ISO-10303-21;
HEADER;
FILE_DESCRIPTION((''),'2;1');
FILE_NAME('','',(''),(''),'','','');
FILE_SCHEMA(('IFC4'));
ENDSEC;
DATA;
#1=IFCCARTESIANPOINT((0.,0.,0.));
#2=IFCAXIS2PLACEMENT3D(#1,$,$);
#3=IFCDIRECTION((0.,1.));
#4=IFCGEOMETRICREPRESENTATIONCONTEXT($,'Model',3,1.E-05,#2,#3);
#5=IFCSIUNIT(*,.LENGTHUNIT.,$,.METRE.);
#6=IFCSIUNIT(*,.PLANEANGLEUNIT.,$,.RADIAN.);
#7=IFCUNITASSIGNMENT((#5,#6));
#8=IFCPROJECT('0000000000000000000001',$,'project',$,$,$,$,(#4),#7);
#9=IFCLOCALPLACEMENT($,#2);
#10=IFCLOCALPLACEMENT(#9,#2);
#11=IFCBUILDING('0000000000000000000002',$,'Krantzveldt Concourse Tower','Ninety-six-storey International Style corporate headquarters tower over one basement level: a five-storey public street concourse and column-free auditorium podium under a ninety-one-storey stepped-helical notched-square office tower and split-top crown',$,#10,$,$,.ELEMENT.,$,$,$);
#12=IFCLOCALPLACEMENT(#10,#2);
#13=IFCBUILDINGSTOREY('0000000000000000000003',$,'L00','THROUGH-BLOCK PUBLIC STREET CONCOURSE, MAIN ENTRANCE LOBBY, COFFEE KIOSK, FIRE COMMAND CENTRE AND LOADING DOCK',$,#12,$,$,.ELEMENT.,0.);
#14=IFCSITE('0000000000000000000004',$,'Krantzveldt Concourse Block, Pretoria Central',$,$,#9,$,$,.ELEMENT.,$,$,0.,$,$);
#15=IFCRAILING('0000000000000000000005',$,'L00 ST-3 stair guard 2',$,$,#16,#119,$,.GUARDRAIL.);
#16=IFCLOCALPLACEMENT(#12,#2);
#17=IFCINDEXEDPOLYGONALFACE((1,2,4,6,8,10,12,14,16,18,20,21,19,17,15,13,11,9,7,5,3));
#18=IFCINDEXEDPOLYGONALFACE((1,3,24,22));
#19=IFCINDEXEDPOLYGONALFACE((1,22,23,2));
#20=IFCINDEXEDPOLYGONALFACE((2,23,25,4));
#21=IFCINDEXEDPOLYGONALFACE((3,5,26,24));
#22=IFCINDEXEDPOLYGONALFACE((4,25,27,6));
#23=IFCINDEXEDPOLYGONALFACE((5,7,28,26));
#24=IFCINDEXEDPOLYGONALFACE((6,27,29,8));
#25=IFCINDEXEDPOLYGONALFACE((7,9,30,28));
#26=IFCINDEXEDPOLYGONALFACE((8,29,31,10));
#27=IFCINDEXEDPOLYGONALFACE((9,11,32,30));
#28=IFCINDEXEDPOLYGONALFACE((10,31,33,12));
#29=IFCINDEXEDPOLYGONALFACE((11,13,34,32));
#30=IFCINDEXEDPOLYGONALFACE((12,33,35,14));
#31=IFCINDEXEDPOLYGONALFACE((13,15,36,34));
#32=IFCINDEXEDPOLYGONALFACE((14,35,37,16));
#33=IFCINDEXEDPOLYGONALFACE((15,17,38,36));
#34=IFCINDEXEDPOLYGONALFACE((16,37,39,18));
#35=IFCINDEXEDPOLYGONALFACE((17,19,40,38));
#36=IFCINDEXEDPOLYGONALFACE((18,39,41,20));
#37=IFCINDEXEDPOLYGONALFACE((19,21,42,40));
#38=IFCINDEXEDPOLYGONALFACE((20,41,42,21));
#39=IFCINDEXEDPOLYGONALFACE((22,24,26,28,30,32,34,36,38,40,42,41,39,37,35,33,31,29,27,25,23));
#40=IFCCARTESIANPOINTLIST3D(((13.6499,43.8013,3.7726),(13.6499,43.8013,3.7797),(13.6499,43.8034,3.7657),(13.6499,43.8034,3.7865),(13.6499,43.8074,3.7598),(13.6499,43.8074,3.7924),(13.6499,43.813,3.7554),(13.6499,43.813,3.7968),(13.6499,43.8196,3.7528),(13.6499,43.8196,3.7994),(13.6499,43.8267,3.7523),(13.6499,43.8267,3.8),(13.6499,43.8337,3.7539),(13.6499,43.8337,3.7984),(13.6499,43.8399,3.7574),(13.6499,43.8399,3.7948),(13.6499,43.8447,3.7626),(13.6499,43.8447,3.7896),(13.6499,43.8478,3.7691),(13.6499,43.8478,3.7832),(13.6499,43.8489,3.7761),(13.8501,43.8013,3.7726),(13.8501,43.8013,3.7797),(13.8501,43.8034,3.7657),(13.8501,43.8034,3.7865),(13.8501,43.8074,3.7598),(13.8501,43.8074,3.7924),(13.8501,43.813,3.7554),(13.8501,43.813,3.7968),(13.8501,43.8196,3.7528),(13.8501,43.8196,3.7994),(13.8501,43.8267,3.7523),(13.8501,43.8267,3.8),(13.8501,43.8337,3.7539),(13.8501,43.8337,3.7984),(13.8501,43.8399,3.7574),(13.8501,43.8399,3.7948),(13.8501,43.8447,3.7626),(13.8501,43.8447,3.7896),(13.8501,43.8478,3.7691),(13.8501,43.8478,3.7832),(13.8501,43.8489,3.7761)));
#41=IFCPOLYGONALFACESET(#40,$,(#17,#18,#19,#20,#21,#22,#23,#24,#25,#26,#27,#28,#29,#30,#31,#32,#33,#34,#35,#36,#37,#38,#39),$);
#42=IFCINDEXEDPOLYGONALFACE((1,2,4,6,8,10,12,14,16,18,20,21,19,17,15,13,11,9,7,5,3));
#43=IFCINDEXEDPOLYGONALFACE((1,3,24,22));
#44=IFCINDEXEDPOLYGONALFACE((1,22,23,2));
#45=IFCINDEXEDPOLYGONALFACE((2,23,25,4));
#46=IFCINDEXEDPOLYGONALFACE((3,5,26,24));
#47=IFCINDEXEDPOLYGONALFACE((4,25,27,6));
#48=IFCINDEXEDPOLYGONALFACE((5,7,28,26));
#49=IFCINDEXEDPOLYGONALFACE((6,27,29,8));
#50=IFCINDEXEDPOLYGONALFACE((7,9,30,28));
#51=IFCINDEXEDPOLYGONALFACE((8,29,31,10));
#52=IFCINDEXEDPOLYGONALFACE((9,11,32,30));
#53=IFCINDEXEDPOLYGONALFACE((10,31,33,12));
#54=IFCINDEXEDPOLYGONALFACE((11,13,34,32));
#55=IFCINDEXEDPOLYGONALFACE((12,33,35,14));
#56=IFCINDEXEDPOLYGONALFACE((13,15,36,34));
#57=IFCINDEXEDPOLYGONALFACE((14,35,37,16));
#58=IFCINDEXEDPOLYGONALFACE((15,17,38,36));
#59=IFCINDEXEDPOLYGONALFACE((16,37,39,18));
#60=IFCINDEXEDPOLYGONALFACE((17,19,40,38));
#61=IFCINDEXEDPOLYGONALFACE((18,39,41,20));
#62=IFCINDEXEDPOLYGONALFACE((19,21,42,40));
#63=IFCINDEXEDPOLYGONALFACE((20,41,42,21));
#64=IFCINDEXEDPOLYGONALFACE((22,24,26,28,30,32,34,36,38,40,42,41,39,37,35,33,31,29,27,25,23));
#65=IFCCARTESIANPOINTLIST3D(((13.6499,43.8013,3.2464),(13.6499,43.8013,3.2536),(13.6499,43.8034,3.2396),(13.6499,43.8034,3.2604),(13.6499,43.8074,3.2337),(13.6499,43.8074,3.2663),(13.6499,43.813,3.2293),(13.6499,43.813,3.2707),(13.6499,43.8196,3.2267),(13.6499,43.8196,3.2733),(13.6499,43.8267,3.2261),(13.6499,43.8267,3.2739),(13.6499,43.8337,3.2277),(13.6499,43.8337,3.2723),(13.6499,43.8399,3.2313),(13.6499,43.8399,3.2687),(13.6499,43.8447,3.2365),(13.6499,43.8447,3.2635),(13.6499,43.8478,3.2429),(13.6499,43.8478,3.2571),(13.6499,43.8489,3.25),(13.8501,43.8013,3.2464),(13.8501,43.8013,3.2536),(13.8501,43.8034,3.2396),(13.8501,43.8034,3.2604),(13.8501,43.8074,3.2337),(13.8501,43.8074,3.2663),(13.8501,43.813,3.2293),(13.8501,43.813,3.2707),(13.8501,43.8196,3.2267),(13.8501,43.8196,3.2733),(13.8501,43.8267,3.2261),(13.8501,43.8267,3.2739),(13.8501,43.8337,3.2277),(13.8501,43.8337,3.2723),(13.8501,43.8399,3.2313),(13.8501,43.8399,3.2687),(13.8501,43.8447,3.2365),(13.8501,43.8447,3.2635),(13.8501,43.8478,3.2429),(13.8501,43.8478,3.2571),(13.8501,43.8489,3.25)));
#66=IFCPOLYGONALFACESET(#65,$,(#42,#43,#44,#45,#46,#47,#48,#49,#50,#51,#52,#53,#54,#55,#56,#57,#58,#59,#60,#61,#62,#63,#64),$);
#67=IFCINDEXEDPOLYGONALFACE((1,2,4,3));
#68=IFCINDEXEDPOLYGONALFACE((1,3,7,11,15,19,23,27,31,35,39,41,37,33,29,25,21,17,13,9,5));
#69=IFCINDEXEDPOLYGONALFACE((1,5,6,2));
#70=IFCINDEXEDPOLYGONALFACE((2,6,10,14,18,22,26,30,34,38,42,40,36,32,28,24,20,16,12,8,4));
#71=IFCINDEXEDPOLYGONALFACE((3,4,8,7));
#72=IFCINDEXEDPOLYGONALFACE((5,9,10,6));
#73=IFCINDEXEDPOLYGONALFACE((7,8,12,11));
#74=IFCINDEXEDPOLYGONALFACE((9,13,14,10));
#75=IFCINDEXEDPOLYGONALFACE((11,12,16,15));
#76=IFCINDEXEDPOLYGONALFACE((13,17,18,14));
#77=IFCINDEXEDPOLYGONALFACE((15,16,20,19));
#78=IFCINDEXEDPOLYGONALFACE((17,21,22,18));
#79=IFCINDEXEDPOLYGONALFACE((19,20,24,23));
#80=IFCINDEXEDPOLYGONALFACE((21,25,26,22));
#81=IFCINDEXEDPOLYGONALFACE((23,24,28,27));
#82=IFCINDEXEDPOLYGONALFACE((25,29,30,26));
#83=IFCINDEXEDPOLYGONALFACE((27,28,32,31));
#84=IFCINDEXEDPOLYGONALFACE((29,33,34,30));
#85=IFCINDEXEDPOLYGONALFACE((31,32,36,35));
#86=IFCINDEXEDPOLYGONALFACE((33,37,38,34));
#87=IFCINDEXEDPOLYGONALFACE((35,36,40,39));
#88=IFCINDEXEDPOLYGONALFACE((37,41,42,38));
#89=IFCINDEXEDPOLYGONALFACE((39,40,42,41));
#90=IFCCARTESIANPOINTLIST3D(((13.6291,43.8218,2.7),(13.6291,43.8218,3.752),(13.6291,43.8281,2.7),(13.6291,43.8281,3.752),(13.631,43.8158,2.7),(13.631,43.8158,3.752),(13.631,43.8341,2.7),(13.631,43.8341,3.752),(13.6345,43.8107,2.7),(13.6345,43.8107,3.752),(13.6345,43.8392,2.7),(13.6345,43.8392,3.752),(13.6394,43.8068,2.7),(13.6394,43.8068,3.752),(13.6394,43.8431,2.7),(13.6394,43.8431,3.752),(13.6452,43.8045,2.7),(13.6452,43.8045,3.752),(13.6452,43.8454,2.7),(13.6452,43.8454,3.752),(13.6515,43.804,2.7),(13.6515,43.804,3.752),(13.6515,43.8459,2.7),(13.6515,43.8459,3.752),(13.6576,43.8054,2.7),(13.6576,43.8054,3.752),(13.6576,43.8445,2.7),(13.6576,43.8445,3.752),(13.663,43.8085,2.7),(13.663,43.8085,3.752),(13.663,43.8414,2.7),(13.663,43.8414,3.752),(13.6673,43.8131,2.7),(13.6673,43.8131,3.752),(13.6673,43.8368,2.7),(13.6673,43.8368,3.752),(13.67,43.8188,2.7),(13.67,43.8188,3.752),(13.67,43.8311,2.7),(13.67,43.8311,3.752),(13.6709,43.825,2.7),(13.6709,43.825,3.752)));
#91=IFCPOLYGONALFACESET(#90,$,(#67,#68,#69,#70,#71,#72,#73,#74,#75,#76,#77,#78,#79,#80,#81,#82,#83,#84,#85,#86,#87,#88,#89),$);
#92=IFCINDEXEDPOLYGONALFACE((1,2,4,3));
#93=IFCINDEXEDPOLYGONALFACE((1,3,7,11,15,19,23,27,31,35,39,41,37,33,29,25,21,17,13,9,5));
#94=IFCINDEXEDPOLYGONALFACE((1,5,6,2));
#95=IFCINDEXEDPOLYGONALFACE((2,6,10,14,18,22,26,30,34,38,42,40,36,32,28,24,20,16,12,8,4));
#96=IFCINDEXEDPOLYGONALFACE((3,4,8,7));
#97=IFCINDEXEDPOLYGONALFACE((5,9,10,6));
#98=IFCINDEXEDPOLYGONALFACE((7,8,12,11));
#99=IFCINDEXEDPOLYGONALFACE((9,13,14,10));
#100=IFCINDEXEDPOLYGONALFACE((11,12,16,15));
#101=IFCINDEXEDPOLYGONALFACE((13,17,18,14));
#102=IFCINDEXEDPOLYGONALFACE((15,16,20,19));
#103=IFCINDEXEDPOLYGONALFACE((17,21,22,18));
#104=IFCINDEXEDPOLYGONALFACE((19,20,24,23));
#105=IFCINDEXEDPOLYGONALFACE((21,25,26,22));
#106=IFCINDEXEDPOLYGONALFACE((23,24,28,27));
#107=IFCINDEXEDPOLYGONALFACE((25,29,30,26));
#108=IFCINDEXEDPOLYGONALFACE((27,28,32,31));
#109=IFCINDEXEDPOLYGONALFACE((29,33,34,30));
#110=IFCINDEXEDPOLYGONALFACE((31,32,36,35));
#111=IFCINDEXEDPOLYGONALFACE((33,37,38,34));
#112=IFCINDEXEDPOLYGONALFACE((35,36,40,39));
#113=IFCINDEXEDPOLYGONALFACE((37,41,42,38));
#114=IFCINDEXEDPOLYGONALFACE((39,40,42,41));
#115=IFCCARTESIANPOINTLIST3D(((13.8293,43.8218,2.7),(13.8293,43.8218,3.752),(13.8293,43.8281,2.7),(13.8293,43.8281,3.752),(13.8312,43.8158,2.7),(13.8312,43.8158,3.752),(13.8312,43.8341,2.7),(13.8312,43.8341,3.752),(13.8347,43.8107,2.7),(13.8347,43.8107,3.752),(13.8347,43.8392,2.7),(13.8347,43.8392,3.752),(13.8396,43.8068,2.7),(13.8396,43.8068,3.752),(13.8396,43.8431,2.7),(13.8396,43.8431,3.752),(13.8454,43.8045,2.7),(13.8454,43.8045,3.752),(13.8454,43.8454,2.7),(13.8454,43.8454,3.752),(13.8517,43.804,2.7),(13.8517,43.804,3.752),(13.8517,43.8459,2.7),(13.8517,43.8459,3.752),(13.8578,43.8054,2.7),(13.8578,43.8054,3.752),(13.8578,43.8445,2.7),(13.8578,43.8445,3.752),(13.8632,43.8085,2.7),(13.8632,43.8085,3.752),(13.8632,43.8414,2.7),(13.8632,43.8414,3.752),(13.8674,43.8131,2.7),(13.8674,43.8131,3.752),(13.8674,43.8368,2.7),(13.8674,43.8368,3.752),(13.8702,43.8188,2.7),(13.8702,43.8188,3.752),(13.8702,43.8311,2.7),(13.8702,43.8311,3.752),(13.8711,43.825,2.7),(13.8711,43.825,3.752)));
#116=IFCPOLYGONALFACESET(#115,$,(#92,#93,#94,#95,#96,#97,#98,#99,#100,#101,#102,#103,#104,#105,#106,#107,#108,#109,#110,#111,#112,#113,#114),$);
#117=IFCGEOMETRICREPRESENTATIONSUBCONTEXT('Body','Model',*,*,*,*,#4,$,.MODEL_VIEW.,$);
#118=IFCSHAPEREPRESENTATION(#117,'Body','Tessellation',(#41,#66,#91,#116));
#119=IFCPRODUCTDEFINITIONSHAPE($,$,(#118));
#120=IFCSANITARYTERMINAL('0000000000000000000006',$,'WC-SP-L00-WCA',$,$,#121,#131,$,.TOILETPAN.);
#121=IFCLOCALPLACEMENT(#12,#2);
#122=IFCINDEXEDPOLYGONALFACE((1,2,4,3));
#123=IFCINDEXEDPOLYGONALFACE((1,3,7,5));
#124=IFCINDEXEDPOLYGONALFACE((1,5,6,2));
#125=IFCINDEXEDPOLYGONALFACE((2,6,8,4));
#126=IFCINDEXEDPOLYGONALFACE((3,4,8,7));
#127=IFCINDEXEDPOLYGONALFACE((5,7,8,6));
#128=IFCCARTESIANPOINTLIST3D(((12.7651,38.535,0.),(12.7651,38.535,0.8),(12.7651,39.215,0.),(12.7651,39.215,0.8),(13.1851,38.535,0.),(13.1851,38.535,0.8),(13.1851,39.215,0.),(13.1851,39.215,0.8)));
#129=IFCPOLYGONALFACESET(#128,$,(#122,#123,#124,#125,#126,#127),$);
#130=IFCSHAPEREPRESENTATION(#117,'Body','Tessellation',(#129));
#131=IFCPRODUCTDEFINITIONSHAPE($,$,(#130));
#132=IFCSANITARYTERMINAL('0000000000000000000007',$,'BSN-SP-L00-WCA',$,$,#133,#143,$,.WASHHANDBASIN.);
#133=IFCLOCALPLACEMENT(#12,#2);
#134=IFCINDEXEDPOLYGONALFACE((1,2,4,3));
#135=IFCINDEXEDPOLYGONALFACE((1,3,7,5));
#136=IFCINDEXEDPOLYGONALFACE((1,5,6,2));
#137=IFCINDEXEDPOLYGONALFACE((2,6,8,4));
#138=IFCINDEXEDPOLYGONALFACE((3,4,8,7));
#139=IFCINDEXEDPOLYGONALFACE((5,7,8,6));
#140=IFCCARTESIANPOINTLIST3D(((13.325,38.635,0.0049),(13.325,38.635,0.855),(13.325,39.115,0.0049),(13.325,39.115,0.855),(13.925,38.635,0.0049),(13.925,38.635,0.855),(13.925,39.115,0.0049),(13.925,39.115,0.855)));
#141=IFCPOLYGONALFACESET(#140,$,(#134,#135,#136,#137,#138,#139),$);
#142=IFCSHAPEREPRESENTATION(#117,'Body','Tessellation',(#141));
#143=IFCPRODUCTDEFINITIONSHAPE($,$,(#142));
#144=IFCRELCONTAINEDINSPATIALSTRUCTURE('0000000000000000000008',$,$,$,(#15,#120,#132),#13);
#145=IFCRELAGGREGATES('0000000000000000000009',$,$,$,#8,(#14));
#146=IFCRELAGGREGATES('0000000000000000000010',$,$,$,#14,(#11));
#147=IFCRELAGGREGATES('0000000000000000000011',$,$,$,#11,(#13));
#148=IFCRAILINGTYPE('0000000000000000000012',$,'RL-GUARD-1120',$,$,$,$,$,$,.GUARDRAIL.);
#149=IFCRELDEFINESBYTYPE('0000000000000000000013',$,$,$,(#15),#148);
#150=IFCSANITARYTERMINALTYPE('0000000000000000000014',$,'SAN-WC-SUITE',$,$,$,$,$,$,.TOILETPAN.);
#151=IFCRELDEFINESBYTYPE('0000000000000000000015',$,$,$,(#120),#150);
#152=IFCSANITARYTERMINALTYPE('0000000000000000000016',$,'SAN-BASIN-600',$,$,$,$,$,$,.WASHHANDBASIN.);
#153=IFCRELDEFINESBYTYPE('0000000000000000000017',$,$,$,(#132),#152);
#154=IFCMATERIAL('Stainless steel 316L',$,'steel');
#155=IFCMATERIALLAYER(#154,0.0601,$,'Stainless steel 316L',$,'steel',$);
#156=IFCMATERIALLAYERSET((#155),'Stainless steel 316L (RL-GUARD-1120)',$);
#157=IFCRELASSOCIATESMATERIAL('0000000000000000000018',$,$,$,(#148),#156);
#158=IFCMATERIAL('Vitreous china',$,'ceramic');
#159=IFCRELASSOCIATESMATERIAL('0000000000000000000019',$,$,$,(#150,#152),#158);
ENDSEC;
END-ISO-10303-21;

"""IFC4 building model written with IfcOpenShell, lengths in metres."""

from ifc_helpers import new_model, si_unit, direction, frame, origin, origin_2d, place, context, subcontext, project, spatial, rectangle, circle, extrude, source, transform, mapped, material, layer, layer_set, type_object, type_shapes, element, save


model = new_model("IFC4")

# Units and contexts
model_context = context("Model", 3, precision=1e-05, world=origin(), true_north=direction((0.0, 1.0)))
body_context = subcontext(model_context, "Body", "Model", "MODEL_VIEW")
ifc_project = project(units=[si_unit("LENGTHUNIT", "METRE"), si_unit("PLANEANGLEUNIT", "RADIAN")], contexts=[model_context])

# Site, building, storey
site_placement = place(None, origin())
site = spatial("IfcSite", under=ifc_project, at=site_placement, Name="Krantzveldt Concourse Block, Pretoria Central", CompositionType="ELEMENT", RefElevation=0.0)
building_placement = place(site_placement, origin())
building = spatial("IfcBuilding", under=site, at=building_placement, Name="Krantzveldt Concourse Tower", Description="Ninety-six-storey International Style corporate headquarters tower over one basement level: a five-storey public street concourse and column-free auditorium podium under a ninety-one-storey stepped-helical notched-square office tower and split-top crown", CompositionType="ELEMENT")
storey_placement = place(building_placement, origin())
storey = spatial("IfcBuildingStorey", under=building, at=storey_placement, Name="L00", Description="THROUGH-BLOCK PUBLIC STREET CONCOURSE, MAIN ENTRANCE LOBBY, COFFEE KIOSK, FIRE COMMAND CENTRE AND LOADING DOCK", CompositionType="ELEMENT", Elevation=0.0)

# Railing
ifc_material_1 = material(Name="Stainless steel 316L", Category="steel")
ifc_layer_1 = layer(ifc_material_1, 0.0601, Name="Stainless steel 316L", Category="steel")
ifc_layer_set_1 = layer_set([ifc_layer_1], Name="Stainless steel 316L (RL-GUARD-1120)")
railing_type = type_object("IfcRailingType", Name="RL-GUARD-1120", PredefinedType="GUARDRAIL", material=ifc_layer_set_1)
railing_1_placement = place(storey_placement, frame((13.6499, 43.825, 2.7)))
element("IfcRailing", 1, at=railing_1_placement, inside=storey, type_object=railing_type, Name="L00 ST-3 stair guard 2", PredefinedType="GUARDRAIL", context=body_context, shape_type="SweptSolid", body=[
    extrude(circle(Radius=0.0239, at=origin_2d()), frame((0.0, 0.0, 1.0762), z_axis=(1.0, 0.0, 0.0), x_axis=(0.0, 1.0, 0.0)), (0.0, 0.0, 1.0), 0.2002),
    extrude(circle(Radius=0.0239, at=origin_2d()), frame((0.0, 0.0, 0.55), z_axis=(1.0, 0.0, 0.0), x_axis=(0.0, 1.0, 0.0)), (0.0, 0.0, 1.0), 0.2002),
    extrude(circle(Radius=0.021, at=origin_2d()), origin(), (0.0, 0.0, 1.0), 1.052),
    extrude(circle(Radius=0.021, at=origin_2d()), frame((0.2002, 0.0, 0.0)), (0.0, 0.0, 1.0), 1.052),
])

# Sanitary terminals
ifc_material_2 = material(Name="Vitreous china", Category="ceramic")
sanitary_terminal_type_1 = type_object("IfcSanitaryTerminalType", Name="SAN-WC-SUITE", PredefinedType="TOILETPAN", material=ifc_material_2)
shared_shape_1 = source(origin(), body_context, "Body", "SweptSolid", [
    extrude(rectangle(XDim=0.4199, YDim=0.6799, at=origin_2d()), origin(), (0.0, 0.0, 1.0), 0.8),
])
type_shapes(sanitary_terminal_type_1, [shared_shape_1])
sanitary_terminal_1_placement = place(storey_placement, frame((12.9751, 38.875, 0.0), z_axis=(0.0, 0.0, 1.0), x_axis=(1.0, 0.0, 0.0)))
element("IfcSanitaryTerminal", 2, at=sanitary_terminal_1_placement, inside=storey, type_object=sanitary_terminal_type_1, Name="WC-SP-L00-WCA", PredefinedType="TOILETPAN", context=body_context, shape_type="MappedRepresentation", body=[
    mapped(shared_shape_1, transform((0.0, 0.0, 0.0), x_axis=(1.0, 0.0, 0.0), y_axis=(0.0, 1.0, 0.0), z_axis=(0.0, 0.0, 1.0), scale=1.0)),
])
sanitary_terminal_type_2 = type_object("IfcSanitaryTerminalType", Name="SAN-BASIN-600", PredefinedType="WASHHANDBASIN", material=ifc_material_2)
shared_shape_2 = source(origin(), body_context, "Body", "SweptSolid", [
    extrude(rectangle(XDim=0.6001, YDim=0.48, at=origin_2d()), origin(), (0.0, 0.0, 1.0), 0.8501),
])
type_shapes(sanitary_terminal_type_2, [shared_shape_2])
sanitary_terminal_2_placement = place(storey_placement, frame((13.625, 38.875, 0.0049), z_axis=(0.0, 0.0, 1.0), x_axis=(1.0, 0.0, 0.0)))
element("IfcSanitaryTerminal", 3, at=sanitary_terminal_2_placement, inside=storey, type_object=sanitary_terminal_type_2, Name="BSN-SP-L00-WCA", PredefinedType="WASHHANDBASIN", context=body_context, shape_type="MappedRepresentation", body=[
    mapped(shared_shape_2, transform((0.0, 0.0, 0.0), x_axis=(1.0, 0.0, 0.0), y_axis=(0.0, 1.0, 0.0), z_axis=(0.0, 0.0, 1.0), scale=1.0)),
])

save(model, "model.ifc")
